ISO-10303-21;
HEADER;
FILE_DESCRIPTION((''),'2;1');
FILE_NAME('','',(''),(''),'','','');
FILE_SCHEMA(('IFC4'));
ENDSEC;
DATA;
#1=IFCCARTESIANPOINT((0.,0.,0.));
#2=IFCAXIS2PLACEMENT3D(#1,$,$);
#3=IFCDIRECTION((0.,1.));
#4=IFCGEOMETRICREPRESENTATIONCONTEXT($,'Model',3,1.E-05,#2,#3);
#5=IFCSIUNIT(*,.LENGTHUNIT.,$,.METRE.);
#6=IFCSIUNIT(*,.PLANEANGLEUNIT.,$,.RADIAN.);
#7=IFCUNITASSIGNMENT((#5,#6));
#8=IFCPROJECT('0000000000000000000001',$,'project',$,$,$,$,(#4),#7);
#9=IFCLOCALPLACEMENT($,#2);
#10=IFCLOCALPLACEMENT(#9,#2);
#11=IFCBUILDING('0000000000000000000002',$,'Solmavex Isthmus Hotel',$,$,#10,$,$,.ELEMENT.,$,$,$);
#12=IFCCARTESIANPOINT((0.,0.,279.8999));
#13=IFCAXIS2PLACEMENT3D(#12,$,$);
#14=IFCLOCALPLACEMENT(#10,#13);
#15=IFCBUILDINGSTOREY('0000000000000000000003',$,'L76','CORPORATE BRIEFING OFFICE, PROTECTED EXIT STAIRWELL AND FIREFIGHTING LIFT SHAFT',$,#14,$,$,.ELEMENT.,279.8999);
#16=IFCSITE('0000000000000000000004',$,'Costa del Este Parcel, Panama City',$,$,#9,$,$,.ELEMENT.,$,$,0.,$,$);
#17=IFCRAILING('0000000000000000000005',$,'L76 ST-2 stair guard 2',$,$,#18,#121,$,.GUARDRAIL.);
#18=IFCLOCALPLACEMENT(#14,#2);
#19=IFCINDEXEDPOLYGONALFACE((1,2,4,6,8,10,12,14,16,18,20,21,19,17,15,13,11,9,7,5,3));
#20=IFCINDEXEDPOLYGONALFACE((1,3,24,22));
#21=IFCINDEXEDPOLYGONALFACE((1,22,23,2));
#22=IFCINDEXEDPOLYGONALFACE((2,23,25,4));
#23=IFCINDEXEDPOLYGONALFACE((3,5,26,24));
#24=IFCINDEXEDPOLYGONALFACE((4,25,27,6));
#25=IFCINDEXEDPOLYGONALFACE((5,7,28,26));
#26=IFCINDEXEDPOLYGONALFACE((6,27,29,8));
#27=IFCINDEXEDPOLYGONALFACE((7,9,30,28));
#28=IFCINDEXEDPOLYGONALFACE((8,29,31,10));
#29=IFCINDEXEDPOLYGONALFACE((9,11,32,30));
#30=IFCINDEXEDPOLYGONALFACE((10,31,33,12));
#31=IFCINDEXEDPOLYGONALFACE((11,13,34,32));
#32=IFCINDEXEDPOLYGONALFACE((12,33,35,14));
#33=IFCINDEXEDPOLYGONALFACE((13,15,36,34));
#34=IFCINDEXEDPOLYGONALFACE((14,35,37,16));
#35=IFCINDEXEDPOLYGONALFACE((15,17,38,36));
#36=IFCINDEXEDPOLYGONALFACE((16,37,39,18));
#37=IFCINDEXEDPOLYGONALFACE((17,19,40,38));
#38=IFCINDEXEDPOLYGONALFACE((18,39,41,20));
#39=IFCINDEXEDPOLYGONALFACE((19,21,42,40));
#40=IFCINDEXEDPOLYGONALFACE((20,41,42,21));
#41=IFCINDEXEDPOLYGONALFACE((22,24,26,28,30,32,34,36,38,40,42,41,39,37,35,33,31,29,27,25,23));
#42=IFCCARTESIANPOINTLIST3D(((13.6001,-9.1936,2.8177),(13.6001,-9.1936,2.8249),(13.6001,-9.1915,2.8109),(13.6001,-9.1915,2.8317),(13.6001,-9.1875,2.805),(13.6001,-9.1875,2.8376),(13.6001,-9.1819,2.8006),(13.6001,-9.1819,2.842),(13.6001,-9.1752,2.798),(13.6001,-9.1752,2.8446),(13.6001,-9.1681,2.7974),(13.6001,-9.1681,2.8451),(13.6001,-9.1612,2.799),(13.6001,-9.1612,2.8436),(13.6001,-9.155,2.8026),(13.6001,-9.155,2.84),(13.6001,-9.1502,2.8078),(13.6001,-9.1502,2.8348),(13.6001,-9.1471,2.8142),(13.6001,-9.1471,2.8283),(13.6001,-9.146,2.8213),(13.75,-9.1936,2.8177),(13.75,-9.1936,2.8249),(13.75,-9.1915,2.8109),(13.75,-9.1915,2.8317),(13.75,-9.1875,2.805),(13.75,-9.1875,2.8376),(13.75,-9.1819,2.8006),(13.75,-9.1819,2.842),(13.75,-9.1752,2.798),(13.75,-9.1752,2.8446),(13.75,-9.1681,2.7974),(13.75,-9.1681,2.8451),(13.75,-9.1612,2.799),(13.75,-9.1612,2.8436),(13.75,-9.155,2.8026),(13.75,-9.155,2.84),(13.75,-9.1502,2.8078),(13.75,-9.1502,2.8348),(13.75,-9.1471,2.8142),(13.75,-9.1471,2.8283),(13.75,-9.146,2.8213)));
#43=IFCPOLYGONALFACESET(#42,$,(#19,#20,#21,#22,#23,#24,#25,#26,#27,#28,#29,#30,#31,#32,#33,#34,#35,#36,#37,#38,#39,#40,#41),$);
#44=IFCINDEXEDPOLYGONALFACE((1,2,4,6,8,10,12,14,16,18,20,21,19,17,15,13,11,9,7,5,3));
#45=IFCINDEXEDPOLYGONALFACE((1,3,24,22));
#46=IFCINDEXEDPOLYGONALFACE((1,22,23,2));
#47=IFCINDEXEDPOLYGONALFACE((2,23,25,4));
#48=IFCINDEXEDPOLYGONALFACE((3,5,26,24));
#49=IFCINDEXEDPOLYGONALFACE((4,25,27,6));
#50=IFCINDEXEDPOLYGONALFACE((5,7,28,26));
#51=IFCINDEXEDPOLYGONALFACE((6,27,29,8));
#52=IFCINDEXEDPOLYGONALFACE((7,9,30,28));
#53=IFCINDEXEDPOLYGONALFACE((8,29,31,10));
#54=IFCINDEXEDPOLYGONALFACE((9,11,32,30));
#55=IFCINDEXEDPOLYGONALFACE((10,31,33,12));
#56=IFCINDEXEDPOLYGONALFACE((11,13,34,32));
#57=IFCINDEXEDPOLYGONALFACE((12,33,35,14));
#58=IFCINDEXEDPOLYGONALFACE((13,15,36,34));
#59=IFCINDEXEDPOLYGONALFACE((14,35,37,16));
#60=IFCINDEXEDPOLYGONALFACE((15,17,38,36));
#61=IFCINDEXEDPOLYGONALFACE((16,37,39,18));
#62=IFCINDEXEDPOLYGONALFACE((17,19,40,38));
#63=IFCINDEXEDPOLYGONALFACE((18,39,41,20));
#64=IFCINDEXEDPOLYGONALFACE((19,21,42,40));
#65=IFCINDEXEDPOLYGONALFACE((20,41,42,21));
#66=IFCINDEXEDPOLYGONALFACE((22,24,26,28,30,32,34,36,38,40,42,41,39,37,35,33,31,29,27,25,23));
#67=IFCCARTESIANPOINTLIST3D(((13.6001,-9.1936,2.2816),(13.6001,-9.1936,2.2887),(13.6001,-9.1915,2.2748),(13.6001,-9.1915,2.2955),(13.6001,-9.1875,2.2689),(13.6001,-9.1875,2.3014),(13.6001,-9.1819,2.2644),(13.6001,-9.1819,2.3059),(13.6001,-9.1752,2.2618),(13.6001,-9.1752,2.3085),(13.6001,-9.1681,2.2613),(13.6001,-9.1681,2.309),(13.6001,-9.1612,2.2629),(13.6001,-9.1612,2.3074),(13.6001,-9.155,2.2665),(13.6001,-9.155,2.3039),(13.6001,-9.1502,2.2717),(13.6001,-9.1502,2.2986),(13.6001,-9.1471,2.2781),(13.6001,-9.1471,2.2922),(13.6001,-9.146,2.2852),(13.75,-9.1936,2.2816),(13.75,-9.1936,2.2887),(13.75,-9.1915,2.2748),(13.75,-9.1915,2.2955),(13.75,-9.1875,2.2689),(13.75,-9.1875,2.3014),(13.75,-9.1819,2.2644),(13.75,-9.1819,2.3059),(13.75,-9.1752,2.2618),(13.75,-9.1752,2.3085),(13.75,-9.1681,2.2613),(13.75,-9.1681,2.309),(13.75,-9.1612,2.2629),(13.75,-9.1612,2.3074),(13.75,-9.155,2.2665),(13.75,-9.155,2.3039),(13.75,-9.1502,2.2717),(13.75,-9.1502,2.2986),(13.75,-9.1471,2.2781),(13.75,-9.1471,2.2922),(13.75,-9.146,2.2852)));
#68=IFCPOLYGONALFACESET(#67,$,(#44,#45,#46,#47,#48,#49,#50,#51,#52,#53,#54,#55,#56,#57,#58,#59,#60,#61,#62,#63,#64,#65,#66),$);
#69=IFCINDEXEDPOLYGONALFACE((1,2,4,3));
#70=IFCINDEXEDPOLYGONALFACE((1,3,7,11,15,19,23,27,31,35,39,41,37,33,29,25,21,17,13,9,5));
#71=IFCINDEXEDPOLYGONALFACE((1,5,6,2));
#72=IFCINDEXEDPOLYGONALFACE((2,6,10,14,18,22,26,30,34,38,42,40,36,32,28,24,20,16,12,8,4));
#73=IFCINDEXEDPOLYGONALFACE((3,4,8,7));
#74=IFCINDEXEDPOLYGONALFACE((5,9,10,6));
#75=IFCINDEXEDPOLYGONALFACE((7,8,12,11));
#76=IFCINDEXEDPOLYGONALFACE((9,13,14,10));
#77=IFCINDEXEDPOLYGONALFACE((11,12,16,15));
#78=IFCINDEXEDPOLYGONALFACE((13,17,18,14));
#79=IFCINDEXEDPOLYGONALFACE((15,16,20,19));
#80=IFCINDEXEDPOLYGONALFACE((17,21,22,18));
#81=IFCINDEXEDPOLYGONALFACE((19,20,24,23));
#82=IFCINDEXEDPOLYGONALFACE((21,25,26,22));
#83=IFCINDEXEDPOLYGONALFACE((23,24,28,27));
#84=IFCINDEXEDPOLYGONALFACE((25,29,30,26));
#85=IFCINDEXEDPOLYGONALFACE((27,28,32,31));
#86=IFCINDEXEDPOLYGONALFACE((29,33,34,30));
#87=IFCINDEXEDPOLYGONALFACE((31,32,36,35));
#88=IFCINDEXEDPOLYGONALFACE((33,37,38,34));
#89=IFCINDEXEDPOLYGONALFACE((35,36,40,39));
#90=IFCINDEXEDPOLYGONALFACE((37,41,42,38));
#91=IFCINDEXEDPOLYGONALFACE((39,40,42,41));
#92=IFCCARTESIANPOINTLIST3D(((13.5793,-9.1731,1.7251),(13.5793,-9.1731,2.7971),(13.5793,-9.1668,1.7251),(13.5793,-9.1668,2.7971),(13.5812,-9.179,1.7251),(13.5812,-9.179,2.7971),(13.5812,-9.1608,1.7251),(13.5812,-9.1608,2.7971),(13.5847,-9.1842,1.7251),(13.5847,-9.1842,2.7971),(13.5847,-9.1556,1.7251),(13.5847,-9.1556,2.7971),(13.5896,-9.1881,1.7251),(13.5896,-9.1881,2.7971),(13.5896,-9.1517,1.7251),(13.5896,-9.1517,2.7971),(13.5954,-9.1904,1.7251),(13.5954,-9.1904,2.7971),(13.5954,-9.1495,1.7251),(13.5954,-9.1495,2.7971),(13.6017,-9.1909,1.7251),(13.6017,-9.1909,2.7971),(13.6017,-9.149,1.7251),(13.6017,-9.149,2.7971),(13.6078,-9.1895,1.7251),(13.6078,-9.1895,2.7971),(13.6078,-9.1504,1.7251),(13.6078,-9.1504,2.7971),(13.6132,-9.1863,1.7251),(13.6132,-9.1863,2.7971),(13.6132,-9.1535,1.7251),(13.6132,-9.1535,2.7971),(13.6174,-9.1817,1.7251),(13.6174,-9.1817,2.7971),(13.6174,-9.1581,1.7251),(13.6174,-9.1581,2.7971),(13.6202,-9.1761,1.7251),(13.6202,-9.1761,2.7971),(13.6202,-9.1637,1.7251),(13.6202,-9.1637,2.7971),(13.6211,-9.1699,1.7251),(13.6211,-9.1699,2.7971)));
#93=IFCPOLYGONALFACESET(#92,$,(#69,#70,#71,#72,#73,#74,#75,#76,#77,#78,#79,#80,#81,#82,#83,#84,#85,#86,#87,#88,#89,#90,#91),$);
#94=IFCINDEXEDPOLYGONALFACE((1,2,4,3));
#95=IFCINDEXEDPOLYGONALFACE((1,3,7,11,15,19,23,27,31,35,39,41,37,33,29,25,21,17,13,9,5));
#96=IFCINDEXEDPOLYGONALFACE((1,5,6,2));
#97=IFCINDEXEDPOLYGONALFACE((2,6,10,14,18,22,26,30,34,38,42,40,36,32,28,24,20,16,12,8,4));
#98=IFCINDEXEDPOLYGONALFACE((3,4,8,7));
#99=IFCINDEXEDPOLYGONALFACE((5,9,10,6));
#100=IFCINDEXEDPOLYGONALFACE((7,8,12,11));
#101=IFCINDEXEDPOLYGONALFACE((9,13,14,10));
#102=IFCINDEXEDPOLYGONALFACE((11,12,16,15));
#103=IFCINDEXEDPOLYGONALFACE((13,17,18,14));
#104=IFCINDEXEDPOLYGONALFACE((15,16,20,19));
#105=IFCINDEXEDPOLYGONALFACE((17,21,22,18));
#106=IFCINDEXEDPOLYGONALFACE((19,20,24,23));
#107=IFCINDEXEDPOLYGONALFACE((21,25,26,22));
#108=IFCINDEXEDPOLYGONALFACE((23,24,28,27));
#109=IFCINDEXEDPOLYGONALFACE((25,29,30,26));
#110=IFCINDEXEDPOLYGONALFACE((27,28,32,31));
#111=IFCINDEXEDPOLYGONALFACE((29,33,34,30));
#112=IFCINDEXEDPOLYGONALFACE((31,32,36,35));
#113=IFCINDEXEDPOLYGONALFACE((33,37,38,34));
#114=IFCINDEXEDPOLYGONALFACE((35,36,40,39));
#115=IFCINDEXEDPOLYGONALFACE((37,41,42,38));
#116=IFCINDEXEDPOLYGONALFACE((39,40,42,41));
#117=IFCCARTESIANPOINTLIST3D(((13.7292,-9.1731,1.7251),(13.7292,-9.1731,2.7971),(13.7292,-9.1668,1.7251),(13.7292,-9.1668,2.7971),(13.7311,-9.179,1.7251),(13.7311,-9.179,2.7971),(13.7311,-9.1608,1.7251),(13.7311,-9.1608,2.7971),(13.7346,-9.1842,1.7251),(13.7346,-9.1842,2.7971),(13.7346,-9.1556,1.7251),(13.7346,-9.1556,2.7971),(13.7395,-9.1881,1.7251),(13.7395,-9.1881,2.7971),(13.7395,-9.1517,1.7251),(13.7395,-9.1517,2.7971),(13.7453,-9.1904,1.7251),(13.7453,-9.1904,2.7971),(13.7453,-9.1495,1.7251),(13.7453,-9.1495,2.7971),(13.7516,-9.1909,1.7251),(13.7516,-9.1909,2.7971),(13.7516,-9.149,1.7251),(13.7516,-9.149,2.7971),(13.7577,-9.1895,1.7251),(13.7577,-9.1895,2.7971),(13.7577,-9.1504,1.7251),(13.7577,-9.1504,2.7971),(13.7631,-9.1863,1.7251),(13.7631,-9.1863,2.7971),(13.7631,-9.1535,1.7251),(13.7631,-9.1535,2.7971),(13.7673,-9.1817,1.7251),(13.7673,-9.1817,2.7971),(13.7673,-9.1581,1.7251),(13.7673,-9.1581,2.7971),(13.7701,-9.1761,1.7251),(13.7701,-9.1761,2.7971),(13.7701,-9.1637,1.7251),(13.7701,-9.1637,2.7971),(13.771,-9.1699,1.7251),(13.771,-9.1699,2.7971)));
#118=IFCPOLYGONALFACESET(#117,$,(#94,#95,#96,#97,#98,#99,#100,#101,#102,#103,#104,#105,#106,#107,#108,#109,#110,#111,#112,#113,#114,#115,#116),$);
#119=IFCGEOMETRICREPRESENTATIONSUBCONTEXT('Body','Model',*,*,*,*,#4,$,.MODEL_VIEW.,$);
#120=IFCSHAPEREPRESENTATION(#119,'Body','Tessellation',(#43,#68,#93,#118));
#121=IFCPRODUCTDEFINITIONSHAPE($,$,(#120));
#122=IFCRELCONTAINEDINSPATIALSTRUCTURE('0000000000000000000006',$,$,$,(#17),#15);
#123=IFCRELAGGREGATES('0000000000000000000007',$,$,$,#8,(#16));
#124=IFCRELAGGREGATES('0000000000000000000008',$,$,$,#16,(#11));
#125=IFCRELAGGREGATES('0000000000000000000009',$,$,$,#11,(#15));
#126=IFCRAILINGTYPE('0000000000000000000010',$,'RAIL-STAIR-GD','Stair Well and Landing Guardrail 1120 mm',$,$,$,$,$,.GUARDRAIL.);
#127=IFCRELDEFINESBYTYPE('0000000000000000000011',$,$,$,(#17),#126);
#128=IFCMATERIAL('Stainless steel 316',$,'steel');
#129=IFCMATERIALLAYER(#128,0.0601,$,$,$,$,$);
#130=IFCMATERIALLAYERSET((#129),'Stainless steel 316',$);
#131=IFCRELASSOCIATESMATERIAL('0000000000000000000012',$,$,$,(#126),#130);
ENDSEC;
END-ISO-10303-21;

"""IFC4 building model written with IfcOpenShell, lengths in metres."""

from ifc_helpers import new_model, si_unit, direction, frame, origin, origin_2d, place, context, subcontext, project, spatial, circle, extrude, material, layer, layer_set, type_object, element, save


model = new_model("IFC4")

# Units and contexts
model_context = context("Model", 3, precision=1e-05, world=origin(), true_north=direction((0.0, 1.0)))
body_context = subcontext(model_context, "Body", "Model", "MODEL_VIEW")
ifc_project = project(units=[si_unit("LENGTHUNIT", "METRE"), si_unit("PLANEANGLEUNIT", "RADIAN")], contexts=[model_context])

# Site, building, storey
site_placement = place(None, origin())
site = spatial("IfcSite", under=ifc_project, at=site_placement, Name="Costa del Este Parcel, Panama City", CompositionType="ELEMENT", RefElevation=0.0)
building_placement = place(site_placement, origin())
building = spatial("IfcBuilding", under=site, at=building_placement, Name="Solmavex Isthmus Hotel", CompositionType="ELEMENT")
storey_placement = place(building_placement, frame((0.0, 0.0, 279.8999)))
storey = spatial("IfcBuildingStorey", under=building, at=storey_placement, Name="L76", Description="CORPORATE BRIEFING OFFICE, PROTECTED EXIT STAIRWELL AND FIREFIGHTING LIFT SHAFT", CompositionType="ELEMENT", Elevation=279.8999)

# Shared definitions
ifc_material_1 = material(Name="Stainless steel 316", Category="steel")

# Railing
ifc_layer_1 = layer(ifc_material_1, 0.0601)
ifc_layer_set_1 = layer_set([ifc_layer_1], Name="Stainless steel 316")
railing_type_1 = type_object("IfcRailingType", Name="RAIL-STAIR-GD", Description="Stair Well and Landing Guardrail 1120 mm", PredefinedType="GUARDRAIL", material=ifc_layer_set_1)
railing_1_placement = place(storey_placement, frame((13.6001, -9.1699, 1.7251)))
element("IfcRailing", 1, at=railing_1_placement, inside=storey, type_object=railing_type_1, Name="L76 ST-2 stair guard 2", PredefinedType="GUARDRAIL", context=body_context, shape_type="SweptSolid", body=[
    extrude(circle(Radius=0.0239, at=origin_2d()), frame((0.0, 0.0, 1.0962), z_axis=(1.0, 0.0, 0.0), x_axis=(0.0, 1.0, 0.0)), (0.0, 0.0, 1.0), 0.1499),
    extrude(circle(Radius=0.0239, at=origin_2d()), frame((0.0, 0.0, 0.5601), z_axis=(1.0, 0.0, 0.0), x_axis=(0.0, 1.0, 0.0)), (0.0, 0.0, 1.0), 0.1499),
    extrude(circle(Radius=0.021, at=origin_2d()), origin(), (0.0, 0.0, 1.0), 1.072),
    extrude(circle(Radius=0.021, at=origin_2d()), frame((0.1499, 0.0, 0.0)), (0.0, 0.0, 1.0), 1.072),
])

save(model, "model.ifc")
